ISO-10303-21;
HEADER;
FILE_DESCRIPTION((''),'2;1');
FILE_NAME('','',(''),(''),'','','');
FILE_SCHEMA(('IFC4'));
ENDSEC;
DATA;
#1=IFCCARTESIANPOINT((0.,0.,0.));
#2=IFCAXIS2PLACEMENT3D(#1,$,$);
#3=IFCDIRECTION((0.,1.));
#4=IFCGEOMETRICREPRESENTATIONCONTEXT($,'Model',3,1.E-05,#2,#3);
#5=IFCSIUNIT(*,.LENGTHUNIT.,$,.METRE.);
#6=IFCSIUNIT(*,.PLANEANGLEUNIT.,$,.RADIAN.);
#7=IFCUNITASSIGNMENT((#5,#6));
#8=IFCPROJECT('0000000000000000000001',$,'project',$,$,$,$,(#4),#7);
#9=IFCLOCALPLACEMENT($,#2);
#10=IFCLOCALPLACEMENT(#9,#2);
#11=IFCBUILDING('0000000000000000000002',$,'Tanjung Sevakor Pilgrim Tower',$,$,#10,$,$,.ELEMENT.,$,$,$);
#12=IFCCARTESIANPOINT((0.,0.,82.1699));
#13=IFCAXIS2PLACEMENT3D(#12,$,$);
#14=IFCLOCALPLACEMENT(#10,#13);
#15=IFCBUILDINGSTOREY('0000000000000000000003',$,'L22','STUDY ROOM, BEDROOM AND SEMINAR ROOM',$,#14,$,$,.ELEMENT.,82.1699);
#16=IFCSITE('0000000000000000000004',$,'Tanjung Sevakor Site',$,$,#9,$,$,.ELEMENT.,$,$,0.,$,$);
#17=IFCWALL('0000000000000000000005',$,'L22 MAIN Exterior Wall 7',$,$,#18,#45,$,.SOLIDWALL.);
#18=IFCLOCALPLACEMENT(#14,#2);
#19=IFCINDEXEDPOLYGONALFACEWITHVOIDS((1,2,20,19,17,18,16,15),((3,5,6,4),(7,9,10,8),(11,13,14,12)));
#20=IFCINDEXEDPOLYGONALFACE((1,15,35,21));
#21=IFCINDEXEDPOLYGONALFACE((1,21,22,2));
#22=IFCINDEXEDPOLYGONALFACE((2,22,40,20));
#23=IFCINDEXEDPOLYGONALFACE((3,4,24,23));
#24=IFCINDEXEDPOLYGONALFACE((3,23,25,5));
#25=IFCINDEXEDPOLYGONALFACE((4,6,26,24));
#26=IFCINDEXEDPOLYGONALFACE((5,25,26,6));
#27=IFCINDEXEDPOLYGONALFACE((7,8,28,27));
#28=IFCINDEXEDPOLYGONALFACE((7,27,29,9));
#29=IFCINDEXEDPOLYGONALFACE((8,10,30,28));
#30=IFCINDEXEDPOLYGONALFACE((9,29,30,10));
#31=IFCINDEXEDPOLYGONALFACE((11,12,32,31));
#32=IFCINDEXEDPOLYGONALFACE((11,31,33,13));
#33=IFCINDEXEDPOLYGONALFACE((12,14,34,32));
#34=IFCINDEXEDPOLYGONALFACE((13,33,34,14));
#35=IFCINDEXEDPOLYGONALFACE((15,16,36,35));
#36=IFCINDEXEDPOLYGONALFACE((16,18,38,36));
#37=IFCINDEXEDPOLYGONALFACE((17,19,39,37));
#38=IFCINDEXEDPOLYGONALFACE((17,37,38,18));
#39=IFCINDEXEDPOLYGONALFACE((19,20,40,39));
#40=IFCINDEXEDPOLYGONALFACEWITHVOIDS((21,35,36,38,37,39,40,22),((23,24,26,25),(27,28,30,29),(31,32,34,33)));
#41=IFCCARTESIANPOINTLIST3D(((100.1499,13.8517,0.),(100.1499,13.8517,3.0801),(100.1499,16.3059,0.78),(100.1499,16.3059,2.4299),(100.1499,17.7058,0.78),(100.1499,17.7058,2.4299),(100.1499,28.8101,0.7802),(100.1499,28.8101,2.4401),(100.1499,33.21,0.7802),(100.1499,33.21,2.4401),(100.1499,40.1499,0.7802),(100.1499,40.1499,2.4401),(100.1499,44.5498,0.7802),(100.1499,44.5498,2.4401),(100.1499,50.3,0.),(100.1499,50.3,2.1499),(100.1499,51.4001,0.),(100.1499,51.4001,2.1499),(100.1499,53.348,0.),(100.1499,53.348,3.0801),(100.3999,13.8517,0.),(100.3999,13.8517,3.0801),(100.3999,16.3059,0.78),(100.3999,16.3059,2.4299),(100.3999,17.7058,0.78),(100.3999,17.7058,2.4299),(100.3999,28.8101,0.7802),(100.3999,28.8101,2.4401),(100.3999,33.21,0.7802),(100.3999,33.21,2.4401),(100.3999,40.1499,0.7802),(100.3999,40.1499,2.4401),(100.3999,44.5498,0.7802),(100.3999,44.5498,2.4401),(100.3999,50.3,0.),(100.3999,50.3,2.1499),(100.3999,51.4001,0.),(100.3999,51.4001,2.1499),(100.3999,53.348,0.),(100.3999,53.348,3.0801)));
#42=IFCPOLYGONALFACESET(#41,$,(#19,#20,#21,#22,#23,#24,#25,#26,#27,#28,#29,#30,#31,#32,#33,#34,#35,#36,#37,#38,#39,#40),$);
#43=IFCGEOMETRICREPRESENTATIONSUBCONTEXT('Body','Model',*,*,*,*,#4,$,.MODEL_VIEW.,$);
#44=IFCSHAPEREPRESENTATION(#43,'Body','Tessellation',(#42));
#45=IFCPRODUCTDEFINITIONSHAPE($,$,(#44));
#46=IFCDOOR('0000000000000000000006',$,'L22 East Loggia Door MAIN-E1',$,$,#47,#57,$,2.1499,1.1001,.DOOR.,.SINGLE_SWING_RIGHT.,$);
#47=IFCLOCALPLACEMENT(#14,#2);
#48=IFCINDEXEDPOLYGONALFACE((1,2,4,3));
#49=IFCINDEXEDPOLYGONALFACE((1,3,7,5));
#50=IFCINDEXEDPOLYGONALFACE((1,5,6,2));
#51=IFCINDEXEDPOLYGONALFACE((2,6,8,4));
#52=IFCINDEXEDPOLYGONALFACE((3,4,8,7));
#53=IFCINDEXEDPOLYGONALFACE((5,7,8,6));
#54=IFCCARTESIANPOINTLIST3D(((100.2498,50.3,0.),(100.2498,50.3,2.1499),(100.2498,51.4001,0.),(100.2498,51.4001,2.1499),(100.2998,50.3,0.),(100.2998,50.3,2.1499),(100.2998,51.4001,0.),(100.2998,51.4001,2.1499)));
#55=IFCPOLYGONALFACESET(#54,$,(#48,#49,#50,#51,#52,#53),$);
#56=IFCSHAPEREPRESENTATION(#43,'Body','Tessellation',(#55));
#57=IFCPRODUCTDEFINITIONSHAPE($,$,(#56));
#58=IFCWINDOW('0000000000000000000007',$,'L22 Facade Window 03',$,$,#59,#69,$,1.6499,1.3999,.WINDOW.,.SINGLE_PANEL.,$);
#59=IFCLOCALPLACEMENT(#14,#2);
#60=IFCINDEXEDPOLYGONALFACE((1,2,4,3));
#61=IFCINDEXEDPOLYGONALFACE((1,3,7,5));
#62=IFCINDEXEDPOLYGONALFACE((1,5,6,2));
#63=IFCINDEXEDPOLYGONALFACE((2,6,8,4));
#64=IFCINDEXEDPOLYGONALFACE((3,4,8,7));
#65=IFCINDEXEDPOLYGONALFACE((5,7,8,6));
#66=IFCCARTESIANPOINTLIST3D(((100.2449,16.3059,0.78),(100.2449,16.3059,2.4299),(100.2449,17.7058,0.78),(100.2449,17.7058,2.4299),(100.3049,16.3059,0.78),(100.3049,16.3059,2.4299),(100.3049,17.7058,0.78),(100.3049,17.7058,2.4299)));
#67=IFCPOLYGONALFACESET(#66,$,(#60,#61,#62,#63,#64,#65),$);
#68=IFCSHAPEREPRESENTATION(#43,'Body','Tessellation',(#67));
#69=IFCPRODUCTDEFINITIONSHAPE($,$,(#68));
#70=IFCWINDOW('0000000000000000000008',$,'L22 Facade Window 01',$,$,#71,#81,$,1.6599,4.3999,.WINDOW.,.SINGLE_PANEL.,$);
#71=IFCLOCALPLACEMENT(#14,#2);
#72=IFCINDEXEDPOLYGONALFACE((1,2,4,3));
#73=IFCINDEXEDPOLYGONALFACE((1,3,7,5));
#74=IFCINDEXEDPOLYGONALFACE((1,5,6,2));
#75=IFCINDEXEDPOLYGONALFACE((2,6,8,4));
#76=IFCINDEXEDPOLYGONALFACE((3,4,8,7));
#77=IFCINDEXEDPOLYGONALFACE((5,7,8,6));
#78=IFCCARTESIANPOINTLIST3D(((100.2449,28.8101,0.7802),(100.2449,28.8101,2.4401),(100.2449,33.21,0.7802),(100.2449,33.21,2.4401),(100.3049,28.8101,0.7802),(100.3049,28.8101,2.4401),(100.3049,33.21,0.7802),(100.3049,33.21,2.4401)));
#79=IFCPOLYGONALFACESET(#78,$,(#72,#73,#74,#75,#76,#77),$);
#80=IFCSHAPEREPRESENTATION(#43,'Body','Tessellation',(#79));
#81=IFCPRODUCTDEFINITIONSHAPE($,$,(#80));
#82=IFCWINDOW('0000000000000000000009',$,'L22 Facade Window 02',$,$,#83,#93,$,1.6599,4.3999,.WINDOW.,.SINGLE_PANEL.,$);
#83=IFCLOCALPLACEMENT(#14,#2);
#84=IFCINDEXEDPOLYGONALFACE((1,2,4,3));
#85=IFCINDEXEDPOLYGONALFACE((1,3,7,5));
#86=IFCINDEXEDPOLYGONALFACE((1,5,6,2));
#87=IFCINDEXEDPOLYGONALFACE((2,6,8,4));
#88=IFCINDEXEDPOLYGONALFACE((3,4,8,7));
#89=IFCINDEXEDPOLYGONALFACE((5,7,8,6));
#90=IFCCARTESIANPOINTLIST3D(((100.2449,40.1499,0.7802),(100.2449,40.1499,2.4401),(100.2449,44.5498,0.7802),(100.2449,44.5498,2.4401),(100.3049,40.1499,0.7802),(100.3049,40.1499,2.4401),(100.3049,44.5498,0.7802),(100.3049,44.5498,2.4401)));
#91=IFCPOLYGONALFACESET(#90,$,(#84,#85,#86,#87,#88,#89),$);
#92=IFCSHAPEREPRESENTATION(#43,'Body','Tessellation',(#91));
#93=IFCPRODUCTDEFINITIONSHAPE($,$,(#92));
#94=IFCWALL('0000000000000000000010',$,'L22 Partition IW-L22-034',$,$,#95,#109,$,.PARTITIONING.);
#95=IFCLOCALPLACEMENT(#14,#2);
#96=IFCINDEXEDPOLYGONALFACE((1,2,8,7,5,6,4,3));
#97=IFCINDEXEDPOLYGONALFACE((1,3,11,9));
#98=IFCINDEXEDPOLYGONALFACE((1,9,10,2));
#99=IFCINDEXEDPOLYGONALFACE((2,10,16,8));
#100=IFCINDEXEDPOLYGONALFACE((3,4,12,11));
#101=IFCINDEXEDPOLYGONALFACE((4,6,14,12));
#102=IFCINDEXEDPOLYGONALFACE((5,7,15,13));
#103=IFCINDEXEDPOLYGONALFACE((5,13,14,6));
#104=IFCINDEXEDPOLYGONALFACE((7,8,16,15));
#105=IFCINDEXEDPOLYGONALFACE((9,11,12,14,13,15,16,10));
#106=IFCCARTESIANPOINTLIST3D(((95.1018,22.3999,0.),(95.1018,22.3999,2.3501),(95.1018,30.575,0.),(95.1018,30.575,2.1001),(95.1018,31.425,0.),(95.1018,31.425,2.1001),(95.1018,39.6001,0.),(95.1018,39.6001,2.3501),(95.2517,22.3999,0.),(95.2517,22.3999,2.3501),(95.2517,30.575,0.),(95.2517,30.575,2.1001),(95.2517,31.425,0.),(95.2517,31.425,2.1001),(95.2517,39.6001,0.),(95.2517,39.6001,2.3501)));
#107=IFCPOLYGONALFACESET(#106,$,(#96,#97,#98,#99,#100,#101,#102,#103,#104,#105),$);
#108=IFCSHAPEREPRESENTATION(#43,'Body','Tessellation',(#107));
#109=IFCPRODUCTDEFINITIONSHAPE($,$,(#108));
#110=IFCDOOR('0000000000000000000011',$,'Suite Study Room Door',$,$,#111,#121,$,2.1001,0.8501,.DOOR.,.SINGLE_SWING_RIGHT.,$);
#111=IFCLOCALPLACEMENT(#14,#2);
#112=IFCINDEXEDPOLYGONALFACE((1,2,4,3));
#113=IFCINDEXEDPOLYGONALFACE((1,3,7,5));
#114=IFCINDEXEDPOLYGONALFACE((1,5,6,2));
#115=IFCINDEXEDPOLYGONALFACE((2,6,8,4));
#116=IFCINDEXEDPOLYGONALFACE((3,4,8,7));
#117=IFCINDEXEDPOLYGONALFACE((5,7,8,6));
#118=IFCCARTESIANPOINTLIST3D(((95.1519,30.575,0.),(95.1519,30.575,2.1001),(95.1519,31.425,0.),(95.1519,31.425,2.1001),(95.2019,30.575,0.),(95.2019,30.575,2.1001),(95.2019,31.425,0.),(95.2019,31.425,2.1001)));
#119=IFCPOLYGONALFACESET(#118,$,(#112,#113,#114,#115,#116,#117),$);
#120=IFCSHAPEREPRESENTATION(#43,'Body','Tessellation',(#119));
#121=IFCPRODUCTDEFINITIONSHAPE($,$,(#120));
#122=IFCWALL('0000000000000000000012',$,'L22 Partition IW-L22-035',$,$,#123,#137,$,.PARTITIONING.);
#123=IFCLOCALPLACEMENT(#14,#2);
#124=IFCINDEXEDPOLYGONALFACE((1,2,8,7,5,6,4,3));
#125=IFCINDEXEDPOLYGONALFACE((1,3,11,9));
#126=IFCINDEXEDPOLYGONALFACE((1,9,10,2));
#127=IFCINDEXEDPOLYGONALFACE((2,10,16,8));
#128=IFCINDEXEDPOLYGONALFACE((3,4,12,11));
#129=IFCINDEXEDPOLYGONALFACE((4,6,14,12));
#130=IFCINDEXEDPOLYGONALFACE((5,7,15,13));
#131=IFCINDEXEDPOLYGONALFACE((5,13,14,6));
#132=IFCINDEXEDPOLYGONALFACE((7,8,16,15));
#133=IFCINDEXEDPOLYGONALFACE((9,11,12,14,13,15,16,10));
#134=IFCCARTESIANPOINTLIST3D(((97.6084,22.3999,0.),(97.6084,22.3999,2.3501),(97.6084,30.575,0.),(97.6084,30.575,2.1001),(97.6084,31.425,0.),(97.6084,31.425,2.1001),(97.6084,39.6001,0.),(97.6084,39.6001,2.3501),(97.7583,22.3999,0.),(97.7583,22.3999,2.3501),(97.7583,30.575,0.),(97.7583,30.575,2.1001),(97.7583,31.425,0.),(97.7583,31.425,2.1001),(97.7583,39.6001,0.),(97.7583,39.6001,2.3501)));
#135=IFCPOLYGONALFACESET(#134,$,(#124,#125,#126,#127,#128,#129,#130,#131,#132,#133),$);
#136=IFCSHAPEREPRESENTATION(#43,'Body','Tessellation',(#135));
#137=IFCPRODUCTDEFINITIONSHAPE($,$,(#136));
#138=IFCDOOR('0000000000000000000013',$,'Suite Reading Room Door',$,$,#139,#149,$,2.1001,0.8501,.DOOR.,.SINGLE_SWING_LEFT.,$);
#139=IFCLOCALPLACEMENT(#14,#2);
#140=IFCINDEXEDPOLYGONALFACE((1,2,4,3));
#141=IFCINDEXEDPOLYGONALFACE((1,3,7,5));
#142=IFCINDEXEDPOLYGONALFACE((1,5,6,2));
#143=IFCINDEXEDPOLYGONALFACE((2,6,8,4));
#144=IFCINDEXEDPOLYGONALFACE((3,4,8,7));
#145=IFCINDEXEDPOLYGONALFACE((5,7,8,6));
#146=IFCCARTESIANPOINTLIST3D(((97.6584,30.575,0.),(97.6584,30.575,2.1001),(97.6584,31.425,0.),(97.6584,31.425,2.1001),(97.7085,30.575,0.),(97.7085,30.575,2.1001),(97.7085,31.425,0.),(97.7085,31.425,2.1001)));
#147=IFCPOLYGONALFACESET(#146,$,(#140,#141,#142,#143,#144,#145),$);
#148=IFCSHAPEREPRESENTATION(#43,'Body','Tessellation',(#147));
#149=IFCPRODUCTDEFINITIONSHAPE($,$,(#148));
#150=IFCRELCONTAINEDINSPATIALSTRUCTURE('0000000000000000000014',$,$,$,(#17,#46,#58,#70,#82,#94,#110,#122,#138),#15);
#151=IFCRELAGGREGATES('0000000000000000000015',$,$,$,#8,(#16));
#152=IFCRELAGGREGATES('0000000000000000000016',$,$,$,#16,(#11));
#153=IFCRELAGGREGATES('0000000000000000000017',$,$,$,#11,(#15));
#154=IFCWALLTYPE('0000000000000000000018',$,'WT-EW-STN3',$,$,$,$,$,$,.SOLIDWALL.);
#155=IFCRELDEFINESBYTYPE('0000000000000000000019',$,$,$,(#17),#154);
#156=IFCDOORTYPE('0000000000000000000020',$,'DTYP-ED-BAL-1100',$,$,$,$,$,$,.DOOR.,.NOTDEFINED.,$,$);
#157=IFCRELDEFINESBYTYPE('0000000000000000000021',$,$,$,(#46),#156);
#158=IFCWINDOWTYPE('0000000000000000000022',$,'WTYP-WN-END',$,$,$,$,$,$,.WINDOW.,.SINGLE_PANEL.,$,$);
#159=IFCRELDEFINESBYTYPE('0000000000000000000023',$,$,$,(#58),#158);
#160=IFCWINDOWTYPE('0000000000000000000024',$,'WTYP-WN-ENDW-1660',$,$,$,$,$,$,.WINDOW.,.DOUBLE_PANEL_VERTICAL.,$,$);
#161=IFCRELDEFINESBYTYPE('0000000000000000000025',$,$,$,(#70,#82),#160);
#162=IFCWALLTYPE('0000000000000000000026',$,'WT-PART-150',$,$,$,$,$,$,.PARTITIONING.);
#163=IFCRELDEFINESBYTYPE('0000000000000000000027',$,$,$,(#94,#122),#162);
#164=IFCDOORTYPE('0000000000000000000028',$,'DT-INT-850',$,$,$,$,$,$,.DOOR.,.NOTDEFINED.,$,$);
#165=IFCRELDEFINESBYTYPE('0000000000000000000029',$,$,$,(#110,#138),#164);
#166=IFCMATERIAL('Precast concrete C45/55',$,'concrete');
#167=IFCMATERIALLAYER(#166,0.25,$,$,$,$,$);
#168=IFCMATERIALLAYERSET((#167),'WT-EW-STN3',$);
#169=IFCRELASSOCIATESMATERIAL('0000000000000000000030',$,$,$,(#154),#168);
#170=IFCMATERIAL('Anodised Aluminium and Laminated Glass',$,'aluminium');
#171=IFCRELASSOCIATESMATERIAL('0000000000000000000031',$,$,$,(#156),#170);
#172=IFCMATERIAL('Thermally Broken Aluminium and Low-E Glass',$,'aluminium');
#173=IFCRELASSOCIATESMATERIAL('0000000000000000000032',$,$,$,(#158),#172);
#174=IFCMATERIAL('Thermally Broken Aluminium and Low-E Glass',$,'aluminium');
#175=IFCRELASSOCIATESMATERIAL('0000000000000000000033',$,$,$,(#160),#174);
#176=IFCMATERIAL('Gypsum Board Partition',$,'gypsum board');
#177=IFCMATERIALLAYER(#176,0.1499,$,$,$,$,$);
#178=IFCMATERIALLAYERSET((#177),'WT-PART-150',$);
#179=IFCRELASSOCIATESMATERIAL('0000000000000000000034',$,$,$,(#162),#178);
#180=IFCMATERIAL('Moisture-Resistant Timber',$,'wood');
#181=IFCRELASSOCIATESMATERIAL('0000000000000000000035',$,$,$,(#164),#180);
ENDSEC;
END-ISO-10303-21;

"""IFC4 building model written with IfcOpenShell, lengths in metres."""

from ifc_helpers import new_model, si_unit, direction, frame, frame_2d, origin, place, context, subcontext, project, spatial, rectangle, extrude, material, layer, layer_set, type_object, element, fill, save


model = new_model("IFC4")

# Units and contexts
model_context = context("Model", 3, precision=1e-05, world=origin(), true_north=direction((0.0, 1.0)))
body_context = subcontext(model_context, "Body", "Model", "MODEL_VIEW")
ifc_project = project(units=[si_unit("LENGTHUNIT", "METRE"), si_unit("PLANEANGLEUNIT", "RADIAN")], contexts=[model_context])

# Site, building, storey
site_placement = place(None, origin())
site = spatial("IfcSite", under=ifc_project, at=site_placement, Name="Tanjung Sevakor Site", CompositionType="ELEMENT", RefElevation=0.0)
building_placement = place(site_placement, origin())
building = spatial("IfcBuilding", under=site, at=building_placement, Name="Tanjung Sevakor Pilgrim Tower", CompositionType="ELEMENT")
storey_placement = place(building_placement, frame((0.0, 0.0, 82.1699)))
storey = spatial("IfcBuildingStorey", under=building, at=storey_placement, Name="L22", Description="STUDY ROOM, BEDROOM AND SEMINAR ROOM", CompositionType="ELEMENT", Elevation=82.1699)

# Shared definitions
ifc_material_1 = material(Name="Precast concrete C45/55", Category="concrete")
ifc_layer_1 = layer(ifc_material_1, 0.25)
ifc_layer_set_1 = layer_set([ifc_layer_1], Name="WT-EW-STN3")
wall_type_1 = type_object("IfcWallType", Name="WT-EW-STN3", PredefinedType="SOLIDWALL", material=ifc_layer_set_1)

# Wall, openings, door, windows
wall_1_placement = place(storey_placement, frame((100.2749, 13.8518, 0.0), z_axis=(0.0, 0.0, 1.0), x_axis=(0.0, 1.0, 0.0)))
wall_1 = element("IfcWall", 1, at=wall_1_placement, inside=storey, type_object=wall_type_1, Name="L22 MAIN Exterior Wall 7", PredefinedType="SOLIDWALL", context=body_context, shape_type="SweptSolid", body=[
    extrude(rectangle(XDim=39.4963, YDim=0.25, at=frame_2d((19.748, 0.0))), origin(), (0.0, 0.0, 1.0), 3.0801),
])
opening_1_placement = place(wall_1_placement, frame((36.4482, 0.0, 0.0)))
opening_1 = element("IfcOpeningElement", 2, at=opening_1_placement, cuts=wall_1, PredefinedType="OPENING", context=body_context, shape_type="SweptSolid", body=[
    extrude(rectangle(XDim=1.1001, YDim=2.1499, at=frame_2d((0.55, 1.075))), frame((0.0, 0.135, 0.0), z_axis=(0.0, -1.0, 0.0), x_axis=(1.0, 0.0, 0.0)), (0.0, 0.0, 1.0), 0.27),
])
opening_2_placement = place(wall_1_placement, frame((14.9583, 0.0, 0.78)))
opening_2 = element("IfcOpeningElement", 3, at=opening_2_placement, cuts=wall_1, PredefinedType="OPENING", context=body_context, shape_type="SweptSolid", body=[
    extrude(rectangle(XDim=4.3999, YDim=1.6599, at=frame_2d((2.2, 0.8301))), frame((0.0, 0.135, 0.0), z_axis=(0.0, -1.0, 0.0), x_axis=(1.0, 0.0, 0.0)), (0.0, 0.0, 1.0), 0.27),
])
opening_3_placement = place(wall_1_placement, frame((26.2981, 0.0, 0.78)))
opening_3 = element("IfcOpeningElement", 4, at=opening_3_placement, cuts=wall_1, PredefinedType="OPENING", context=body_context, shape_type="SweptSolid", body=[
    extrude(rectangle(XDim=4.3999, YDim=1.6599, at=frame_2d((2.2, 0.8301))), frame((0.0, 0.135, 0.0), z_axis=(0.0, -1.0, 0.0), x_axis=(1.0, 0.0, 0.0)), (0.0, 0.0, 1.0), 0.27),
])
opening_4_placement = place(wall_1_placement, frame((2.4541, 0.0, 0.78)))
opening_4 = element("IfcOpeningElement", 5, at=opening_4_placement, cuts=wall_1, PredefinedType="OPENING", context=body_context, shape_type="SweptSolid", body=[
    extrude(rectangle(XDim=1.3999, YDim=1.6499, at=frame_2d((0.7, 0.825))), frame((0.0, 0.135, 0.0), z_axis=(0.0, -1.0, 0.0), x_axis=(1.0, 0.0, 0.0)), (0.0, 0.0, 1.0), 0.27),
])
ifc_material_2 = material(Name="Anodised Aluminium and Laminated Glass", Category="aluminium")
door_type_1 = type_object("IfcDoorType", Name="DTYP-ED-BAL-1100", OperationType="NOTDEFINED", PredefinedType="DOOR", material=ifc_material_2)
door_1_placement = place(opening_1_placement, frame((1.1001, 0.0, 0.0), z_axis=(0.0, 0.0, 1.0), x_axis=(-1.0, 0.0, 0.0)))
door_1 = element("IfcDoor", 6, at=door_1_placement, inside=storey, type_object=door_type_1, Name="L22 East Loggia Door MAIN-E1", OperationType="SINGLE_SWING_RIGHT", OverallHeight=2.1499, OverallWidth=1.1001, PredefinedType="DOOR", context=body_context, shape_type="SweptSolid", body=[
    extrude(rectangle(XDim=1.1001, YDim=2.1499, at=frame_2d((0.55, 1.075))), frame((0.0, 0.0249, 0.0), z_axis=(0.0, -1.0, 0.0), x_axis=(1.0, 0.0, 0.0)), (0.0, 0.0, 1.0), 0.05),
])
fill(opening_1, door_1)
ifc_material_3 = material(Name="Thermally Broken Aluminium and Low-E Glass", Category="aluminium")
window_type_1 = type_object("IfcWindowType", Name="WTYP-WN-END", PartitioningType="SINGLE_PANEL", PredefinedType="WINDOW", material=ifc_material_3)
window_1_placement = place(opening_4_placement, origin())
window_1 = element("IfcWindow", 7, at=window_1_placement, inside=storey, type_object=window_type_1, Name="L22 Facade Window 03", OverallHeight=1.6499, OverallWidth=1.3999, PartitioningType="SINGLE_PANEL", PredefinedType="WINDOW", context=body_context, shape_type="SweptSolid", body=[
    extrude(rectangle(XDim=1.3999, YDim=1.6499, at=frame_2d((0.7, 0.825))), frame((0.0, 0.03, 0.0), z_axis=(0.0, -1.0, 0.0), x_axis=(1.0, 0.0, 0.0)), (0.0, 0.0, 1.0), 0.0601),
])
fill(opening_4, window_1)
ifc_material_4 = material(Name="Thermally Broken Aluminium and Low-E Glass", Category="aluminium")
window_type_2 = type_object("IfcWindowType", Name="WTYP-WN-ENDW-1660", PartitioningType="DOUBLE_PANEL_VERTICAL", PredefinedType="WINDOW", material=ifc_material_4)
window_2_placement = place(opening_2_placement, origin())
window_2 = element("IfcWindow", 8, at=window_2_placement, inside=storey, type_object=window_type_2, Name="L22 Facade Window 01", OverallHeight=1.6599, OverallWidth=4.3999, PartitioningType="SINGLE_PANEL", PredefinedType="WINDOW", context=body_context, shape_type="SweptSolid", body=[
    extrude(rectangle(XDim=4.3999, YDim=1.6599, at=frame_2d((2.2, 0.8301))), frame((0.0, 0.03, 0.0), z_axis=(0.0, -1.0, 0.0), x_axis=(1.0, 0.0, 0.0)), (0.0, 0.0, 1.0), 0.0601),
])
fill(opening_2, window_2)
window_3_placement = place(opening_3_placement, origin())
window_3 = element("IfcWindow", 9, at=window_3_placement, inside=storey, type_object=window_type_2, Name="L22 Facade Window 02", OverallHeight=1.6599, OverallWidth=4.3999, PartitioningType="SINGLE_PANEL", PredefinedType="WINDOW", context=body_context, shape_type="SweptSolid", body=[
    extrude(rectangle(XDim=4.3999, YDim=1.6599, at=frame_2d((2.2, 0.8301))), frame((0.0, 0.03, 0.0), z_axis=(0.0, -1.0, 0.0), x_axis=(1.0, 0.0, 0.0)), (0.0, 0.0, 1.0), 0.0601),
])
fill(opening_3, window_3)

# Walls, openings, doors
ifc_material_5 = material(Name="Gypsum Board Partition", Category="gypsum board")
ifc_layer_2 = layer(ifc_material_5, 0.1499)
ifc_layer_set_2 = layer_set([ifc_layer_2], Name="WT-PART-150")
wall_type_2 = type_object("IfcWallType", Name="WT-PART-150", PredefinedType="PARTITIONING", material=ifc_layer_set_2)
wall_2_placement = place(storey_placement, frame((95.1768, 22.3999, 0.0), z_axis=(0.0, 0.0, 1.0), x_axis=(0.0, 1.0, 0.0)))
wall_2 = element("IfcWall", 10, at=wall_2_placement, inside=storey, type_object=wall_type_2, Name="L22 Partition IW-L22-034", PredefinedType="PARTITIONING", context=body_context, shape_type="SweptSolid", body=[
    extrude(rectangle(XDim=17.2002, YDim=0.1499, at=frame_2d((8.6001, 0.0))), origin(), (0.0, 0.0, 1.0), 2.3501),
])
opening_5_placement = place(wall_2_placement, frame((8.175, 0.0, 0.0)))
opening_5 = element("IfcOpeningElement", 11, at=opening_5_placement, cuts=wall_2, PredefinedType="OPENING", context=body_context, shape_type="SweptSolid", body=[
    extrude(rectangle(XDim=0.8501, YDim=2.1001, at=frame_2d((0.425, 1.05))), frame((0.0, 0.085, 0.0), z_axis=(0.0, -1.0, 0.0), x_axis=(1.0, 0.0, 0.0)), (0.0, 0.0, 1.0), 0.1699),
])
ifc_material_6 = material(Name="Moisture-Resistant Timber", Category="wood")
door_type_2 = type_object("IfcDoorType", Name="DT-INT-850", OperationType="NOTDEFINED", PredefinedType="DOOR", material=ifc_material_6)
door_2_placement = place(opening_5_placement, origin())
door_2 = element("IfcDoor", 12, at=door_2_placement, inside=storey, type_object=door_type_2, Name="Suite Study Room Door", OperationType="SINGLE_SWING_RIGHT", OverallHeight=2.1001, OverallWidth=0.8501, PredefinedType="DOOR", context=body_context, shape_type="SweptSolid", body=[
    extrude(rectangle(XDim=0.8501, YDim=2.1001, at=frame_2d((0.425, 1.05))), frame((0.0, 0.0249, 0.0), z_axis=(0.0, -1.0, 0.0), x_axis=(1.0, 0.0, 0.0)), (0.0, 0.0, 1.0), 0.05),
])
fill(opening_5, door_2)
wall_3_placement = place(storey_placement, frame((97.6833, 22.3999, 0.0), z_axis=(0.0, 0.0, 1.0), x_axis=(0.0, 1.0, 0.0)))
wall_3 = element("IfcWall", 13, at=wall_3_placement, inside=storey, type_object=wall_type_2, Name="L22 Partition IW-L22-035", PredefinedType="PARTITIONING", context=body_context, shape_type="SweptSolid", body=[
    extrude(rectangle(XDim=17.2002, YDim=0.1499, at=frame_2d((8.6001, 0.0))), origin(), (0.0, 0.0, 1.0), 2.3501),
])
opening_6_placement = place(wall_3_placement, frame((8.175, 0.0, 0.0)))
opening_6 = element("IfcOpeningElement", 14, at=opening_6_placement, cuts=wall_3, PredefinedType="OPENING", context=body_context, shape_type="SweptSolid", body=[
    extrude(rectangle(XDim=0.8501, YDim=2.1001, at=frame_2d((0.425, 1.05))), frame((0.0, 0.085, 0.0), z_axis=(0.0, -1.0, 0.0), x_axis=(1.0, 0.0, 0.0)), (0.0, 0.0, 1.0), 0.1699),
])
door_3_placement = place(opening_6_placement, origin())
door_3 = element("IfcDoor", 15, at=door_3_placement, inside=storey, type_object=door_type_2, Name="Suite Reading Room Door", OperationType="SINGLE_SWING_LEFT", OverallHeight=2.1001, OverallWidth=0.8501, PredefinedType="DOOR", context=body_context, shape_type="SweptSolid", body=[
    extrude(rectangle(XDim=0.8501, YDim=2.1001, at=frame_2d((0.425, 1.05))), frame((0.0, 0.0249, 0.0), z_axis=(0.0, -1.0, 0.0), x_axis=(1.0, 0.0, 0.0)), (0.0, 0.0, 1.0), 0.05),
])
fill(opening_6, door_3)

save(model, "model.ifc")
